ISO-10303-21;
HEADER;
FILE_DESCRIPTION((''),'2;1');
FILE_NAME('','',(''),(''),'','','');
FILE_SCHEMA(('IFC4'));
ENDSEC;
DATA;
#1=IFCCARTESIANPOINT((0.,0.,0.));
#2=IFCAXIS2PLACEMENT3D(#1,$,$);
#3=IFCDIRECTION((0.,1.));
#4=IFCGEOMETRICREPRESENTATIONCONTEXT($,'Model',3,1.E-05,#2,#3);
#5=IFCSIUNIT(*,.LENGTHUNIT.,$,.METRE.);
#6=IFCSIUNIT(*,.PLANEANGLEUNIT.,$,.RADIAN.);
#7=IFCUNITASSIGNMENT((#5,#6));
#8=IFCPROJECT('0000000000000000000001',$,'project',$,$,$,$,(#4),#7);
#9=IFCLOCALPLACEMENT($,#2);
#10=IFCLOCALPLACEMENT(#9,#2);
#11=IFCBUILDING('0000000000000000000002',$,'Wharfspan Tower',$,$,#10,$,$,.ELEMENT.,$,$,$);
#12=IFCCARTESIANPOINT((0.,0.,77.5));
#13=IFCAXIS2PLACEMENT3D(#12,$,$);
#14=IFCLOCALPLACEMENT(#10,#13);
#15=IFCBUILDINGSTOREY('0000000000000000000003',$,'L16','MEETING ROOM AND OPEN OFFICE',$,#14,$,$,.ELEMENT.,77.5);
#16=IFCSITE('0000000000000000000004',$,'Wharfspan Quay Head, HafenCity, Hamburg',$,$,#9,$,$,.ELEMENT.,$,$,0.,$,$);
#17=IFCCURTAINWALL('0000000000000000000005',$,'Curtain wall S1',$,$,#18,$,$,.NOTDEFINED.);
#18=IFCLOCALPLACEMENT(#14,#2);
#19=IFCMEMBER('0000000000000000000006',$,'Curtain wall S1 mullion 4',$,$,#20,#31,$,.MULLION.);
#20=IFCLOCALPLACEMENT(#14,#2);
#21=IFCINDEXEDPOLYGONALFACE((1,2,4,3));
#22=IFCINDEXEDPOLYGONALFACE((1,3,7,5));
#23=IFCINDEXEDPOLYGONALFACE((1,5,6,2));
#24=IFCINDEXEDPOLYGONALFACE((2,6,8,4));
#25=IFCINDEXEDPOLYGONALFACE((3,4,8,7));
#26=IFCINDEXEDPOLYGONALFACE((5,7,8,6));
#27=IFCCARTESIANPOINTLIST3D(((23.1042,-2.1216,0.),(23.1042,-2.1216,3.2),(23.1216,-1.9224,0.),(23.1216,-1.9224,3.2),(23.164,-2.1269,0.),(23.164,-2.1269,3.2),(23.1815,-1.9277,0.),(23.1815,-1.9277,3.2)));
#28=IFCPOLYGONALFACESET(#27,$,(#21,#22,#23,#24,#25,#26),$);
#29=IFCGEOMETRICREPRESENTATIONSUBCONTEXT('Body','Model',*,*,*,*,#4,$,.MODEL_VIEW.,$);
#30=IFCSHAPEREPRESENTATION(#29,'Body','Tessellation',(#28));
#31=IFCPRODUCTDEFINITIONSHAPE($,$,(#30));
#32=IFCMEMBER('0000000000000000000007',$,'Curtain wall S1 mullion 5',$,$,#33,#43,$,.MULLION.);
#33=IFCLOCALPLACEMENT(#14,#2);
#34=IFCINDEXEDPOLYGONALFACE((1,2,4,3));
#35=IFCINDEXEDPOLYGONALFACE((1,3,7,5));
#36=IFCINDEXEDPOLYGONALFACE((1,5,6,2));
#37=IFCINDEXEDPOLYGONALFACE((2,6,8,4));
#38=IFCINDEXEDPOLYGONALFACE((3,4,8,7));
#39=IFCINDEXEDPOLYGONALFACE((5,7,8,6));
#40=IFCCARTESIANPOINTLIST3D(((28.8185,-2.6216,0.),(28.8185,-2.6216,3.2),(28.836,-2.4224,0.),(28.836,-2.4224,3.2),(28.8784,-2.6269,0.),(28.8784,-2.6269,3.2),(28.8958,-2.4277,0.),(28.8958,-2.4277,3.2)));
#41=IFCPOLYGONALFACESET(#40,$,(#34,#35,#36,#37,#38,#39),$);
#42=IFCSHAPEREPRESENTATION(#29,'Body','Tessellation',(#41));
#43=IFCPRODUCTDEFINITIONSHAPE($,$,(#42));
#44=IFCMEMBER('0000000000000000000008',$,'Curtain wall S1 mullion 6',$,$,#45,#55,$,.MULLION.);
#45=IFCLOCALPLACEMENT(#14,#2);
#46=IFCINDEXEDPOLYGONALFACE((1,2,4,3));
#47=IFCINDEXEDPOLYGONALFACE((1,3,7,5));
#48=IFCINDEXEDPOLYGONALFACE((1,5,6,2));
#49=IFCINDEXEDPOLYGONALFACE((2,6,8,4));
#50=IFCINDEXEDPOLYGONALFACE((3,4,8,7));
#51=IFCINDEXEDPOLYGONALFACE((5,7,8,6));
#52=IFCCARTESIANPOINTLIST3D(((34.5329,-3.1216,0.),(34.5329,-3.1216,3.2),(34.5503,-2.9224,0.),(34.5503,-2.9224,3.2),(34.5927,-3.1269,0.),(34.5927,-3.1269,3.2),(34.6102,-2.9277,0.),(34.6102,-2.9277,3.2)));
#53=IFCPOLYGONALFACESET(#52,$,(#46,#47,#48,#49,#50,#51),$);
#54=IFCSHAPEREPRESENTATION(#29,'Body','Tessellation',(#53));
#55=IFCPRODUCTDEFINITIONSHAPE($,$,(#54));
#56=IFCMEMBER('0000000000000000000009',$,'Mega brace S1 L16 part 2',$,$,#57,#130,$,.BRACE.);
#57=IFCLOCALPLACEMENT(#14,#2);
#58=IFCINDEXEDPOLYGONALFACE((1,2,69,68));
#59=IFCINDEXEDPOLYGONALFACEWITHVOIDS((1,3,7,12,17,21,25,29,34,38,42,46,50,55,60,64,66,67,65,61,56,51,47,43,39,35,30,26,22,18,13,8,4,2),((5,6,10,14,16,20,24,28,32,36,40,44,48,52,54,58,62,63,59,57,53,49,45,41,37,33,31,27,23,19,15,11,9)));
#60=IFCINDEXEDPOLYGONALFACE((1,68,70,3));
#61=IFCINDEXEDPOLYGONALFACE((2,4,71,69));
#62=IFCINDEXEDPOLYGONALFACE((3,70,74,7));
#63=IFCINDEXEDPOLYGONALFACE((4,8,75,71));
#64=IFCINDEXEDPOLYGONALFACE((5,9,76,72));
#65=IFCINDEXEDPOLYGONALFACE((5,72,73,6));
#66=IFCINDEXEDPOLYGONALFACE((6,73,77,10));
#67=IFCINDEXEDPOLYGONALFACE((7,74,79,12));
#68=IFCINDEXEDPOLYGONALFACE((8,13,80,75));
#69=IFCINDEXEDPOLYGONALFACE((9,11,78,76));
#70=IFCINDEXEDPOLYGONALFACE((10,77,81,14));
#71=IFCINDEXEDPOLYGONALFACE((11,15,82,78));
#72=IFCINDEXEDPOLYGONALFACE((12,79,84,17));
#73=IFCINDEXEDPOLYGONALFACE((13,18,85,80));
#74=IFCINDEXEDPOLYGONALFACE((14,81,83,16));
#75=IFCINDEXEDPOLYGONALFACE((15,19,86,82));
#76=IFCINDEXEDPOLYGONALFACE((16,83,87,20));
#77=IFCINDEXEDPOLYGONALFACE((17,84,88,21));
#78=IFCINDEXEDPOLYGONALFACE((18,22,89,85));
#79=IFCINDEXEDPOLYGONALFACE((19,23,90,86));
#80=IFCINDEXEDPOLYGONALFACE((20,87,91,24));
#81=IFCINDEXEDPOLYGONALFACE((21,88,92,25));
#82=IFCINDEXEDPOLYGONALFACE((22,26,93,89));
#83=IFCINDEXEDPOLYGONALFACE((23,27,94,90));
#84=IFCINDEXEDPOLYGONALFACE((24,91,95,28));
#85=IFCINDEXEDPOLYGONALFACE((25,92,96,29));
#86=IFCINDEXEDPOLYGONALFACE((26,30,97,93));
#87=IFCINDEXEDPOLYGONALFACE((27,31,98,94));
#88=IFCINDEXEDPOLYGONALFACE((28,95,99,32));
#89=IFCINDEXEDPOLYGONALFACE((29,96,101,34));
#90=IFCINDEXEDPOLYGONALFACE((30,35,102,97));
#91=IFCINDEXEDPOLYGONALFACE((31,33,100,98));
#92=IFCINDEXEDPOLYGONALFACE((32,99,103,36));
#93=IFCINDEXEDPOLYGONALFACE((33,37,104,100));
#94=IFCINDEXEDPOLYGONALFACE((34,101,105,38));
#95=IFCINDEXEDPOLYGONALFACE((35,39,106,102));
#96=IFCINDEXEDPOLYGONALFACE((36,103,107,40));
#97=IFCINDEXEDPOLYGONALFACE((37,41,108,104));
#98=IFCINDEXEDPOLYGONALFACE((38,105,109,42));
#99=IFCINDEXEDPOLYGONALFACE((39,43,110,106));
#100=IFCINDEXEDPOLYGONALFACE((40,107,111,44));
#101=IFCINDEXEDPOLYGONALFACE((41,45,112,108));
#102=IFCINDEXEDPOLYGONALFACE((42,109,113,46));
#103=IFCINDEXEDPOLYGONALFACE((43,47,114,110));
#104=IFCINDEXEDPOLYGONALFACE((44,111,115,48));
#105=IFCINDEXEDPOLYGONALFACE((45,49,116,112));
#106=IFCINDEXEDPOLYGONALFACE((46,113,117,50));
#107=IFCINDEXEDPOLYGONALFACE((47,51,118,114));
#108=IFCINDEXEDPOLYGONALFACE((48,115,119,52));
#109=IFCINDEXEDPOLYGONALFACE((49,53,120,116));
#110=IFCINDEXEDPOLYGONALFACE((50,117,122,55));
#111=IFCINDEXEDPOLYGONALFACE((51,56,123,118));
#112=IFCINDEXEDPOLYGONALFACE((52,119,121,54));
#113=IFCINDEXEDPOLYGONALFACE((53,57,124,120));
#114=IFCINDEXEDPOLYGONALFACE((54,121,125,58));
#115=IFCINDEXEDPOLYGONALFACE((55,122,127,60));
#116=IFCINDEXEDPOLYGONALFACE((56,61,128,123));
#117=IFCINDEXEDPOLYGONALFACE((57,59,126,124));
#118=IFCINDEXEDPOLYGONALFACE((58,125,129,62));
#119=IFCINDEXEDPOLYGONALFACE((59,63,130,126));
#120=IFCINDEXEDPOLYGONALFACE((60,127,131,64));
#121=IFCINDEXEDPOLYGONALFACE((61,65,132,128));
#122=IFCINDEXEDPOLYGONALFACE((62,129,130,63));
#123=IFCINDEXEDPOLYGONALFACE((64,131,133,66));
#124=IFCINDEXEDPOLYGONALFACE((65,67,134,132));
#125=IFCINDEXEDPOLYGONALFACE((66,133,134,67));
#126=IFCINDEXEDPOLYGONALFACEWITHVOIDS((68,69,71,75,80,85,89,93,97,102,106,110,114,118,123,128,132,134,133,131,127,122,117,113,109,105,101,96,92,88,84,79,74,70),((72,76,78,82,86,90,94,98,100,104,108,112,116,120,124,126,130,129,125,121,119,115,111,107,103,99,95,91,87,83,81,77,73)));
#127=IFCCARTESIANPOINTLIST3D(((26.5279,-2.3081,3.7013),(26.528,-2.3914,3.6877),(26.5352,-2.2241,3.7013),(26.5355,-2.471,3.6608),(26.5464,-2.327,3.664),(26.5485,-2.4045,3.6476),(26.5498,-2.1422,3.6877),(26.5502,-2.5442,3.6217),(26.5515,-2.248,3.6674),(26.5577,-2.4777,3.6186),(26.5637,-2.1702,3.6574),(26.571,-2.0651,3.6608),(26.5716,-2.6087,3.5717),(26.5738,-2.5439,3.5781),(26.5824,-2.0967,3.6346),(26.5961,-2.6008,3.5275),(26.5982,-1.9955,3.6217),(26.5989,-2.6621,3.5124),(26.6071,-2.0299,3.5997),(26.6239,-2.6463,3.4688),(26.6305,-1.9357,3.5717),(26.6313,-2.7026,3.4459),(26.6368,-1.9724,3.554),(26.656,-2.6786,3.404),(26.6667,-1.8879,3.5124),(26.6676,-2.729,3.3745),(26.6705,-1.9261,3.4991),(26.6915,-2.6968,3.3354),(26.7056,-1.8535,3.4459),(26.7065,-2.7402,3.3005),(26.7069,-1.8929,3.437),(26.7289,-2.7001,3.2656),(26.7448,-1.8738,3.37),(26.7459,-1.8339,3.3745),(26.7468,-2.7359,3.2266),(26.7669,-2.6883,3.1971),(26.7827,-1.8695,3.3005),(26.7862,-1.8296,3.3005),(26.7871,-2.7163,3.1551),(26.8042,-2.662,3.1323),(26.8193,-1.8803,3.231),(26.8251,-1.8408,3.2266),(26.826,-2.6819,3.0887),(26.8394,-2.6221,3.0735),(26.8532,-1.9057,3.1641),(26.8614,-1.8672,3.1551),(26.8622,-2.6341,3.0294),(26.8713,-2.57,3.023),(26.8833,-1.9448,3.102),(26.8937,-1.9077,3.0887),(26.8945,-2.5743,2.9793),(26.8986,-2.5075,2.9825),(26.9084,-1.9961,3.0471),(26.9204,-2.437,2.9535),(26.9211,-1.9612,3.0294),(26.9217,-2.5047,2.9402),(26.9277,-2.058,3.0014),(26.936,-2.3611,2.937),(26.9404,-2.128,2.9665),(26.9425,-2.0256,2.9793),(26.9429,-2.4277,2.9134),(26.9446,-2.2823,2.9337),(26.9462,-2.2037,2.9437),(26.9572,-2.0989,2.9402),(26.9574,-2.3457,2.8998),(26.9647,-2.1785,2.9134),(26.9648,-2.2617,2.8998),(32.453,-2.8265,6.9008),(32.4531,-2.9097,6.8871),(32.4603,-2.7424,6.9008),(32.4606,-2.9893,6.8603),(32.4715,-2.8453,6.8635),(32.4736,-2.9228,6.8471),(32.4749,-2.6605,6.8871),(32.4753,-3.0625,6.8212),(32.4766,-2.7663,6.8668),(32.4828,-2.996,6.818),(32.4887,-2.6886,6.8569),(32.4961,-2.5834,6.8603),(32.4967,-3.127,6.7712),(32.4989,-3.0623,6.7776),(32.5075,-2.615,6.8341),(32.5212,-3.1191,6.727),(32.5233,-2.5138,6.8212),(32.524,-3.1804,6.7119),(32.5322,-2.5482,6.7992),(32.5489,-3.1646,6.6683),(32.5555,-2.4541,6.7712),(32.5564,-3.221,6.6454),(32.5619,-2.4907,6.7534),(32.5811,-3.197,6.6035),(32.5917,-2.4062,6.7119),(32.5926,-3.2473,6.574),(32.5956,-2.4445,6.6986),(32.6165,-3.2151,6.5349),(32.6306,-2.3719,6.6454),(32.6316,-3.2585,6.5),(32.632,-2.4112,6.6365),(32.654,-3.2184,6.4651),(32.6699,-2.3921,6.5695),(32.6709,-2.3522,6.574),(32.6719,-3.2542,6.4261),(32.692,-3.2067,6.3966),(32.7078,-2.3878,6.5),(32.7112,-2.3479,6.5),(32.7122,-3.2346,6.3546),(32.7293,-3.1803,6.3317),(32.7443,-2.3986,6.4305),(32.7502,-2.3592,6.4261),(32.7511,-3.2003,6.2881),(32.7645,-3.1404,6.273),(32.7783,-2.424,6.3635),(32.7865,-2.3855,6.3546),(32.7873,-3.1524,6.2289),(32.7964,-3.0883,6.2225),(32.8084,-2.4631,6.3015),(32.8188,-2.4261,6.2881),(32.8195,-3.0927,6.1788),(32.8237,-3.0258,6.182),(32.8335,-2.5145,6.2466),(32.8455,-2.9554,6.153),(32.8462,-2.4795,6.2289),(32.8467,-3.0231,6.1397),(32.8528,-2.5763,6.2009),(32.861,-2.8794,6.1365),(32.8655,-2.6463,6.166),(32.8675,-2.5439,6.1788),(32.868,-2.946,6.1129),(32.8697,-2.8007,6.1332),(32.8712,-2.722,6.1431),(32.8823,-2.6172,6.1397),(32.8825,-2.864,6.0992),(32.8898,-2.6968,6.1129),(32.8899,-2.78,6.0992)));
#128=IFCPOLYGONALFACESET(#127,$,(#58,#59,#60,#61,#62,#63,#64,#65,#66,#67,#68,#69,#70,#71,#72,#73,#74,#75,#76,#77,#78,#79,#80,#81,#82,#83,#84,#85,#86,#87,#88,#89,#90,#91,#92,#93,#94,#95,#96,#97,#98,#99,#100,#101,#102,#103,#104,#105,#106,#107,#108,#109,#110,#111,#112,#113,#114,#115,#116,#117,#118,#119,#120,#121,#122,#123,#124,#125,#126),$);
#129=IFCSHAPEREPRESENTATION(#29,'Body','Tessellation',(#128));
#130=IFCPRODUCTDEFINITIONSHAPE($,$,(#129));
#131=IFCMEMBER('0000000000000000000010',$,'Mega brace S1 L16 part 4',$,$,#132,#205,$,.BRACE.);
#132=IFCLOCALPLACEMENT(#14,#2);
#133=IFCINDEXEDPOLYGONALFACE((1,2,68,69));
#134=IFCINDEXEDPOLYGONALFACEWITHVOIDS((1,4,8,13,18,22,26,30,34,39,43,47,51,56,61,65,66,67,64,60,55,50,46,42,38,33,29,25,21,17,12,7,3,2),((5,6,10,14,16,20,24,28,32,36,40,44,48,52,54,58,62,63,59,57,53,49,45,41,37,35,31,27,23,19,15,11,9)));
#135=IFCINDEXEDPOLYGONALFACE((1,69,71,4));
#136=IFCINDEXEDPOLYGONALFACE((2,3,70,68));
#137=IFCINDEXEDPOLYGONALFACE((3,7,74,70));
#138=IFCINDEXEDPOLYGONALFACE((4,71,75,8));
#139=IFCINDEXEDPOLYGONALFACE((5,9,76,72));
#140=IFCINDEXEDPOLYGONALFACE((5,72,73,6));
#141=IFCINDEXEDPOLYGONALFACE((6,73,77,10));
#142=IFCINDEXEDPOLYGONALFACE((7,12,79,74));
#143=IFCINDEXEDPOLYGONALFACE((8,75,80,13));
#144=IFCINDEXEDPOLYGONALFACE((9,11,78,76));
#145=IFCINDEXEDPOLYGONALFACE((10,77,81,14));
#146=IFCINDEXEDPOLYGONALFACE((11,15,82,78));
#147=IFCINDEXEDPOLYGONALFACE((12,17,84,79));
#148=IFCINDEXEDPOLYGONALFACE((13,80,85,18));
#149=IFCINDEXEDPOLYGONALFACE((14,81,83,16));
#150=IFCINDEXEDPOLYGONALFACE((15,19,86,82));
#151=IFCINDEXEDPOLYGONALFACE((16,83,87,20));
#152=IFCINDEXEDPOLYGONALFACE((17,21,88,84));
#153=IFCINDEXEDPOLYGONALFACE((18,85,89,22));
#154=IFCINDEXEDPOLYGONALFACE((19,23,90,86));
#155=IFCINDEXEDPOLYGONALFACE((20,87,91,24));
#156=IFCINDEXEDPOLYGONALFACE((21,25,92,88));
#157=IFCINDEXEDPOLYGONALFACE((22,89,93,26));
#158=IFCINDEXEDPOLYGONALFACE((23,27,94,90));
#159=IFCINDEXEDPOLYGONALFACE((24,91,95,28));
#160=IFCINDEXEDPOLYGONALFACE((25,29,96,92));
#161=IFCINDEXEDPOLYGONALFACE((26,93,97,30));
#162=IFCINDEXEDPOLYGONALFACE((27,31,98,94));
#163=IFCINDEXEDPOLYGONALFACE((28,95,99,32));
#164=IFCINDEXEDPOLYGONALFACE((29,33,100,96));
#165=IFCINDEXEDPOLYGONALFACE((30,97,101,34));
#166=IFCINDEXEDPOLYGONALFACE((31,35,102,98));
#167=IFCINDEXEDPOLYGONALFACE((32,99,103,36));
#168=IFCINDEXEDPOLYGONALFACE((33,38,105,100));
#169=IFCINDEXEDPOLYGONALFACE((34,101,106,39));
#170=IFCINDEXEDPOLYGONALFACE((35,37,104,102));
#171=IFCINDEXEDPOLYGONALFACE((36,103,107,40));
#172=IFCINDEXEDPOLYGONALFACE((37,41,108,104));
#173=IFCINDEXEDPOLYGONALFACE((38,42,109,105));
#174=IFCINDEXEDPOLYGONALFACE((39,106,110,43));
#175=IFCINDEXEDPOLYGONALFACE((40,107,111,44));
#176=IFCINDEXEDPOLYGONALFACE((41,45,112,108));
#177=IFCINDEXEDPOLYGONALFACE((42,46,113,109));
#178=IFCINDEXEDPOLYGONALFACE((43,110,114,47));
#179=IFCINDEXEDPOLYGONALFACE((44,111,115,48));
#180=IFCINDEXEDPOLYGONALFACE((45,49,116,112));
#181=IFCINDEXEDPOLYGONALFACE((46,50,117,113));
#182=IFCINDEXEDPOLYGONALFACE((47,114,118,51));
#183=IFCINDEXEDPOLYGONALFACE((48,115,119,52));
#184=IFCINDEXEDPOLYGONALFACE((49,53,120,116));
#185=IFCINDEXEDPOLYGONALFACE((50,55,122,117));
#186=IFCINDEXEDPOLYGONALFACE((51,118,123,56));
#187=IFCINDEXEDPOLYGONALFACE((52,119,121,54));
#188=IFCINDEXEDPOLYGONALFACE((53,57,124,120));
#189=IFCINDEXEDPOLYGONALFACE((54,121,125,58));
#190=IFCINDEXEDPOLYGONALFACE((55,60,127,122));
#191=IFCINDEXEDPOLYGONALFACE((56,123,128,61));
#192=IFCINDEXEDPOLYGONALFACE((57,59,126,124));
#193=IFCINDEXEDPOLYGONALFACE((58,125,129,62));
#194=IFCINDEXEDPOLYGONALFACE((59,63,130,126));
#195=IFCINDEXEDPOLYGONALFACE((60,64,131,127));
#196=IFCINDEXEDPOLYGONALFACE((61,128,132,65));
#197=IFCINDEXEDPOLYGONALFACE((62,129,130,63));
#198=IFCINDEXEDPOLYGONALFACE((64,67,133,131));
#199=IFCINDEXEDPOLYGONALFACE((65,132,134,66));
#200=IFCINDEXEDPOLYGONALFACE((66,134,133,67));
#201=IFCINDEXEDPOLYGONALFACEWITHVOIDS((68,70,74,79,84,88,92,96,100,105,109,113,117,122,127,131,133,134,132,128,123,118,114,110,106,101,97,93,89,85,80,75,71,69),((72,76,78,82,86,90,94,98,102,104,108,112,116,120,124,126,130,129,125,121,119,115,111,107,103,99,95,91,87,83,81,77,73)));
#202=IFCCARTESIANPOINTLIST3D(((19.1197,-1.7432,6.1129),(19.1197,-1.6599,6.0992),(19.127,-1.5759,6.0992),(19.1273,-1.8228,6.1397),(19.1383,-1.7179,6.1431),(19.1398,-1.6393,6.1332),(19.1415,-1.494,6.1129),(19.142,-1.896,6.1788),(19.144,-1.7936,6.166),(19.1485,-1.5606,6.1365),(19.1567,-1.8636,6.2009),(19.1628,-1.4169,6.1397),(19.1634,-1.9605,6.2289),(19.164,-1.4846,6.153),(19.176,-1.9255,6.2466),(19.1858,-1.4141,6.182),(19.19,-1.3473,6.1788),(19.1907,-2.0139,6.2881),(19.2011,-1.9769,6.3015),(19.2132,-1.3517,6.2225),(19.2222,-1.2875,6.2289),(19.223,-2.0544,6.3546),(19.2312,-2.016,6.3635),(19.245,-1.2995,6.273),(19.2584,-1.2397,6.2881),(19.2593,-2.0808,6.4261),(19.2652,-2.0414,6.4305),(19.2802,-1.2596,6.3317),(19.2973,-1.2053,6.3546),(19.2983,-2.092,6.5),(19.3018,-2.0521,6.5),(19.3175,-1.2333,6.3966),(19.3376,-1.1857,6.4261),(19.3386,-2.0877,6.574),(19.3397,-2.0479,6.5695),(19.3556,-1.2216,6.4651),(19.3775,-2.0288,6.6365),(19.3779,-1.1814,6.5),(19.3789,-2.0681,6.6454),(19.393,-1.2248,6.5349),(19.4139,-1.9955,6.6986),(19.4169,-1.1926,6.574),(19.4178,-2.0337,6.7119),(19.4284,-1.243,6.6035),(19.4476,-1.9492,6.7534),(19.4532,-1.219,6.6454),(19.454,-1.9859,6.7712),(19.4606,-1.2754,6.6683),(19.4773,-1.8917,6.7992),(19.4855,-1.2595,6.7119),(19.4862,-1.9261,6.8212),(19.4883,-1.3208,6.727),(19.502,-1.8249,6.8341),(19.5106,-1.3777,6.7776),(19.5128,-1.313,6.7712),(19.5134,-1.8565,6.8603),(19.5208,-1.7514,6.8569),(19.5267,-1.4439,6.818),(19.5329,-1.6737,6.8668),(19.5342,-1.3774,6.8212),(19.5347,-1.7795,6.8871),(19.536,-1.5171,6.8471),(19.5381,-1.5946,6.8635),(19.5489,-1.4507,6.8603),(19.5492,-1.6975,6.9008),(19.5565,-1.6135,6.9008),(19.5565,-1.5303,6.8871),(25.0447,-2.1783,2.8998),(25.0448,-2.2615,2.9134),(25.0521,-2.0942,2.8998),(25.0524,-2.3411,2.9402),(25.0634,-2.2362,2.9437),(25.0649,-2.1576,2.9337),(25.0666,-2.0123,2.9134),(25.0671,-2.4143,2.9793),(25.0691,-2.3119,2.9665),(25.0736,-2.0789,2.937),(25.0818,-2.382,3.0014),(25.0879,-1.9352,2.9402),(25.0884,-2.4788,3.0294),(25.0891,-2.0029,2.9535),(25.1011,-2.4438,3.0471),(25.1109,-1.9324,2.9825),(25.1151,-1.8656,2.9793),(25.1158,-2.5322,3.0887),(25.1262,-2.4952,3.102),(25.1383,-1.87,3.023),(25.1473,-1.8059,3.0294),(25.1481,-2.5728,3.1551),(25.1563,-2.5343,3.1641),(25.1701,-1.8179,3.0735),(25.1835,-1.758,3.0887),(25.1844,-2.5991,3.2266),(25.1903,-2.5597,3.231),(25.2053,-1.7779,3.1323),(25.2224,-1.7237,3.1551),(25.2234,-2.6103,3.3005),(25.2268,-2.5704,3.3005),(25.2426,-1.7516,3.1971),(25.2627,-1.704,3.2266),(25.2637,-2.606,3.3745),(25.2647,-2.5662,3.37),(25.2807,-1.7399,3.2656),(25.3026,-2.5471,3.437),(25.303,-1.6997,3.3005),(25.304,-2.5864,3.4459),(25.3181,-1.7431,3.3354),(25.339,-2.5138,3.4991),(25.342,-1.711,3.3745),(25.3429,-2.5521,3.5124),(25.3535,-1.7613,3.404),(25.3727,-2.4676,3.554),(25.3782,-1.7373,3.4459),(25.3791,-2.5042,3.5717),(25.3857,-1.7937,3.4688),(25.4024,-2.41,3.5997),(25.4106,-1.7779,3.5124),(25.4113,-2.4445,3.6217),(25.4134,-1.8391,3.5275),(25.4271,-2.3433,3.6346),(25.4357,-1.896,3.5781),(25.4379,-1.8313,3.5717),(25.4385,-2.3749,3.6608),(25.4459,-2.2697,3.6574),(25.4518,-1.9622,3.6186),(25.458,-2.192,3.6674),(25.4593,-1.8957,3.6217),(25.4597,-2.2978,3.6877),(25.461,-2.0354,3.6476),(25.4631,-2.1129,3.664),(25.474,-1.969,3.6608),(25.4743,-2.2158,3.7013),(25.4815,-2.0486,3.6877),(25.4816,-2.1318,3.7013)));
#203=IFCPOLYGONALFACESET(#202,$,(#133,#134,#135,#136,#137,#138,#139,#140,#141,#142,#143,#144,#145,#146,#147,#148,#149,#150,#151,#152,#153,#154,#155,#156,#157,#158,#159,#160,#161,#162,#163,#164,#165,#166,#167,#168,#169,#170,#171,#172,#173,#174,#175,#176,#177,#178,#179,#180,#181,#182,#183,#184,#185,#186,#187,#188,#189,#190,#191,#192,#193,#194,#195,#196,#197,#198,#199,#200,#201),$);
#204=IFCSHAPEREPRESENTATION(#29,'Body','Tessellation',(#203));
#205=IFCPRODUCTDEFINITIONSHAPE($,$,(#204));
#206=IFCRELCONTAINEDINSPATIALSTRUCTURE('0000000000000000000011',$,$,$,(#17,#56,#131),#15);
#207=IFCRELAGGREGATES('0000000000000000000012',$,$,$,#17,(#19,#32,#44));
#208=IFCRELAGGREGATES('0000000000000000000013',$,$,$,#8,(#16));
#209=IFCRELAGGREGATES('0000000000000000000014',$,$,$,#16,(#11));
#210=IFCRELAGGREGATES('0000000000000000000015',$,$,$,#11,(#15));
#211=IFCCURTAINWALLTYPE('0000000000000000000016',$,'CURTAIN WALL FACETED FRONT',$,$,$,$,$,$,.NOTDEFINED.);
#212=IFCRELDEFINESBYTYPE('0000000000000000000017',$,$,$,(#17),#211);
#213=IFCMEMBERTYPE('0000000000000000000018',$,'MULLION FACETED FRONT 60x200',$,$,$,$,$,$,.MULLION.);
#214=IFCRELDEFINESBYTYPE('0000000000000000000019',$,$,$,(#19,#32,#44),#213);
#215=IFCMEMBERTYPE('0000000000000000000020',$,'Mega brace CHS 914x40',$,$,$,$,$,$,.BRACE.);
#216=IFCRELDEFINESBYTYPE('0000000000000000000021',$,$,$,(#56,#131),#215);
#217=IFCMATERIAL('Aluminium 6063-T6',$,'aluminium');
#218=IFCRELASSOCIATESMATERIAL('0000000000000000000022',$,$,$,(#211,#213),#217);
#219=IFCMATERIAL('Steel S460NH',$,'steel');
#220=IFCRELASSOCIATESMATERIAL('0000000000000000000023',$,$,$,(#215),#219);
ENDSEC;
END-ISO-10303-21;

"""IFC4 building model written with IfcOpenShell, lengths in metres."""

from ifc_helpers import new_model, si_unit, direction, frame, origin, origin_2d, place, context, subcontext, project, spatial, rectangle, hollow_circle, extrude, material, material_profile, profile_set, type_object, element, aggregate, save


model = new_model("IFC4")

# Units and contexts
model_context = context("Model", 3, precision=1e-05, world=origin(), true_north=direction((0.0, 1.0)))
body_context = subcontext(model_context, "Body", "Model", "MODEL_VIEW")
ifc_project = project(units=[si_unit("LENGTHUNIT", "METRE"), si_unit("PLANEANGLEUNIT", "RADIAN")], contexts=[model_context])

# Site, building, storey
site_placement = place(None, origin())
site = spatial("IfcSite", under=ifc_project, at=site_placement, Name="Wharfspan Quay Head, HafenCity, Hamburg", CompositionType="ELEMENT", RefElevation=0.0)
building_placement = place(site_placement, origin())
building = spatial("IfcBuilding", under=site, at=building_placement, Name="Wharfspan Tower", CompositionType="ELEMENT")
storey_placement = place(building_placement, frame((0.0, 0.0, 77.5)))
storey = spatial("IfcBuildingStorey", under=building, at=storey_placement, Name="L16", Description="MEETING ROOM AND OPEN OFFICE", CompositionType="ELEMENT", Elevation=77.5)

# Curtain wall, members
ifc_material_1 = material(Name="Aluminium 6063-T6", Category="aluminium")
curtain_wall_type = type_object("IfcCurtainWallType", Name="CURTAIN WALL FACETED FRONT", PredefinedType="NOTDEFINED", material=ifc_material_1)
curtain_wall_placement = place(storey_placement, origin())
curtain_wall = element("IfcCurtainWall", 1, at=curtain_wall_placement, inside=storey, type_object=curtain_wall_type, Name="Curtain wall S1", PredefinedType="NOTDEFINED")
ifc_material_profile_1 = material_profile(ifc_material_1, rectangle(XDim=0.2, YDim=0.0601, at=origin_2d()))
ifc_profile_set_1 = profile_set([ifc_material_profile_1], Name="Aluminium 6063-T6")
member_type_1 = type_object("IfcMemberType", Name="MULLION FACETED FRONT 60x200", PredefinedType="MULLION", material=ifc_profile_set_1)
member_1_placement = place(storey_placement, frame((23.1428, -2.0247, 0.0), z_axis=(0.0, 0.0, 1.0), x_axis=(0.087156, 0.996197, 0.0)))
member_1 = element("IfcMember", 2, at=member_1_placement, type_object=member_type_1, Name="Curtain wall S1 mullion 4", PredefinedType="MULLION", context=body_context, shape_type="SweptSolid", body=[
    extrude(rectangle(XDim=0.2, YDim=0.0601, at=origin_2d()), origin(), (0.0, 0.0, 1.0), 3.2),
])
member_2_placement = place(storey_placement, frame((28.8572, -2.5247, 0.0), z_axis=(0.0, 0.0, 1.0), x_axis=(0.087156, 0.996197, 0.0)))
member_2 = element("IfcMember", 3, at=member_2_placement, type_object=member_type_1, Name="Curtain wall S1 mullion 5", PredefinedType="MULLION", context=body_context, shape_type="SweptSolid", body=[
    extrude(rectangle(XDim=0.2, YDim=0.0601, at=origin_2d()), origin(), (0.0, 0.0, 1.0), 3.2),
])
member_3_placement = place(storey_placement, frame((34.5715, -3.0247, 0.0), z_axis=(0.0, 0.0, 1.0), x_axis=(0.087156, 0.996197, 0.0)))
member_3 = element("IfcMember", 4, at=member_3_placement, type_object=member_type_1, Name="Curtain wall S1 mullion 6", PredefinedType="MULLION", context=body_context, shape_type="SweptSolid", body=[
    extrude(rectangle(XDim=0.2, YDim=0.0601, at=origin_2d()), origin(), (0.0, 0.0, 1.0), 3.2),
])

# Members
ifc_material_2 = material(Name="Steel S460NH", Category="steel")
ifc_material_profile_2 = material_profile(ifc_material_2, hollow_circle(Radius=0.457, WallThickness=0.04, at=origin_2d()))
ifc_profile_set_2 = profile_set([ifc_material_profile_2], Name="Steel S460NH")
member_type_2 = type_object("IfcMemberType", Name="Mega brace CHS 914x40", PredefinedType="BRACE", material=ifc_profile_set_2)
for number, where, z_axis, x_axis, name in (
    (5, (26.7463, -2.2849, 3.3005), (0.877314, -0.076746, 0.47374), (0.087144, 0.996196, 0.000003), "Mega brace S1 L16 part 2"),
    (6, (25.2632, -2.155, 3.3005), (-0.877314, 0.076746, 0.47374), (-0.087144, -0.996196, 0.000003), "Mega brace S1 L16 part 4"),
):
    element("IfcMember", number, at=place(storey_placement, frame(where, z_axis=z_axis, x_axis=x_axis)), inside=storey, type_object=member_type_2, Name=name, PredefinedType="BRACE", context=body_context, shape_type="SweptSolid", body=[
        extrude(hollow_circle(Radius=0.457, WallThickness=0.04, at=origin_2d()), origin(), (0.0, 0.0, 1.0), 6.7537),
    ])

aggregate(curtain_wall, [member_1, member_2, member_3])

save(model, "model.ifc")
